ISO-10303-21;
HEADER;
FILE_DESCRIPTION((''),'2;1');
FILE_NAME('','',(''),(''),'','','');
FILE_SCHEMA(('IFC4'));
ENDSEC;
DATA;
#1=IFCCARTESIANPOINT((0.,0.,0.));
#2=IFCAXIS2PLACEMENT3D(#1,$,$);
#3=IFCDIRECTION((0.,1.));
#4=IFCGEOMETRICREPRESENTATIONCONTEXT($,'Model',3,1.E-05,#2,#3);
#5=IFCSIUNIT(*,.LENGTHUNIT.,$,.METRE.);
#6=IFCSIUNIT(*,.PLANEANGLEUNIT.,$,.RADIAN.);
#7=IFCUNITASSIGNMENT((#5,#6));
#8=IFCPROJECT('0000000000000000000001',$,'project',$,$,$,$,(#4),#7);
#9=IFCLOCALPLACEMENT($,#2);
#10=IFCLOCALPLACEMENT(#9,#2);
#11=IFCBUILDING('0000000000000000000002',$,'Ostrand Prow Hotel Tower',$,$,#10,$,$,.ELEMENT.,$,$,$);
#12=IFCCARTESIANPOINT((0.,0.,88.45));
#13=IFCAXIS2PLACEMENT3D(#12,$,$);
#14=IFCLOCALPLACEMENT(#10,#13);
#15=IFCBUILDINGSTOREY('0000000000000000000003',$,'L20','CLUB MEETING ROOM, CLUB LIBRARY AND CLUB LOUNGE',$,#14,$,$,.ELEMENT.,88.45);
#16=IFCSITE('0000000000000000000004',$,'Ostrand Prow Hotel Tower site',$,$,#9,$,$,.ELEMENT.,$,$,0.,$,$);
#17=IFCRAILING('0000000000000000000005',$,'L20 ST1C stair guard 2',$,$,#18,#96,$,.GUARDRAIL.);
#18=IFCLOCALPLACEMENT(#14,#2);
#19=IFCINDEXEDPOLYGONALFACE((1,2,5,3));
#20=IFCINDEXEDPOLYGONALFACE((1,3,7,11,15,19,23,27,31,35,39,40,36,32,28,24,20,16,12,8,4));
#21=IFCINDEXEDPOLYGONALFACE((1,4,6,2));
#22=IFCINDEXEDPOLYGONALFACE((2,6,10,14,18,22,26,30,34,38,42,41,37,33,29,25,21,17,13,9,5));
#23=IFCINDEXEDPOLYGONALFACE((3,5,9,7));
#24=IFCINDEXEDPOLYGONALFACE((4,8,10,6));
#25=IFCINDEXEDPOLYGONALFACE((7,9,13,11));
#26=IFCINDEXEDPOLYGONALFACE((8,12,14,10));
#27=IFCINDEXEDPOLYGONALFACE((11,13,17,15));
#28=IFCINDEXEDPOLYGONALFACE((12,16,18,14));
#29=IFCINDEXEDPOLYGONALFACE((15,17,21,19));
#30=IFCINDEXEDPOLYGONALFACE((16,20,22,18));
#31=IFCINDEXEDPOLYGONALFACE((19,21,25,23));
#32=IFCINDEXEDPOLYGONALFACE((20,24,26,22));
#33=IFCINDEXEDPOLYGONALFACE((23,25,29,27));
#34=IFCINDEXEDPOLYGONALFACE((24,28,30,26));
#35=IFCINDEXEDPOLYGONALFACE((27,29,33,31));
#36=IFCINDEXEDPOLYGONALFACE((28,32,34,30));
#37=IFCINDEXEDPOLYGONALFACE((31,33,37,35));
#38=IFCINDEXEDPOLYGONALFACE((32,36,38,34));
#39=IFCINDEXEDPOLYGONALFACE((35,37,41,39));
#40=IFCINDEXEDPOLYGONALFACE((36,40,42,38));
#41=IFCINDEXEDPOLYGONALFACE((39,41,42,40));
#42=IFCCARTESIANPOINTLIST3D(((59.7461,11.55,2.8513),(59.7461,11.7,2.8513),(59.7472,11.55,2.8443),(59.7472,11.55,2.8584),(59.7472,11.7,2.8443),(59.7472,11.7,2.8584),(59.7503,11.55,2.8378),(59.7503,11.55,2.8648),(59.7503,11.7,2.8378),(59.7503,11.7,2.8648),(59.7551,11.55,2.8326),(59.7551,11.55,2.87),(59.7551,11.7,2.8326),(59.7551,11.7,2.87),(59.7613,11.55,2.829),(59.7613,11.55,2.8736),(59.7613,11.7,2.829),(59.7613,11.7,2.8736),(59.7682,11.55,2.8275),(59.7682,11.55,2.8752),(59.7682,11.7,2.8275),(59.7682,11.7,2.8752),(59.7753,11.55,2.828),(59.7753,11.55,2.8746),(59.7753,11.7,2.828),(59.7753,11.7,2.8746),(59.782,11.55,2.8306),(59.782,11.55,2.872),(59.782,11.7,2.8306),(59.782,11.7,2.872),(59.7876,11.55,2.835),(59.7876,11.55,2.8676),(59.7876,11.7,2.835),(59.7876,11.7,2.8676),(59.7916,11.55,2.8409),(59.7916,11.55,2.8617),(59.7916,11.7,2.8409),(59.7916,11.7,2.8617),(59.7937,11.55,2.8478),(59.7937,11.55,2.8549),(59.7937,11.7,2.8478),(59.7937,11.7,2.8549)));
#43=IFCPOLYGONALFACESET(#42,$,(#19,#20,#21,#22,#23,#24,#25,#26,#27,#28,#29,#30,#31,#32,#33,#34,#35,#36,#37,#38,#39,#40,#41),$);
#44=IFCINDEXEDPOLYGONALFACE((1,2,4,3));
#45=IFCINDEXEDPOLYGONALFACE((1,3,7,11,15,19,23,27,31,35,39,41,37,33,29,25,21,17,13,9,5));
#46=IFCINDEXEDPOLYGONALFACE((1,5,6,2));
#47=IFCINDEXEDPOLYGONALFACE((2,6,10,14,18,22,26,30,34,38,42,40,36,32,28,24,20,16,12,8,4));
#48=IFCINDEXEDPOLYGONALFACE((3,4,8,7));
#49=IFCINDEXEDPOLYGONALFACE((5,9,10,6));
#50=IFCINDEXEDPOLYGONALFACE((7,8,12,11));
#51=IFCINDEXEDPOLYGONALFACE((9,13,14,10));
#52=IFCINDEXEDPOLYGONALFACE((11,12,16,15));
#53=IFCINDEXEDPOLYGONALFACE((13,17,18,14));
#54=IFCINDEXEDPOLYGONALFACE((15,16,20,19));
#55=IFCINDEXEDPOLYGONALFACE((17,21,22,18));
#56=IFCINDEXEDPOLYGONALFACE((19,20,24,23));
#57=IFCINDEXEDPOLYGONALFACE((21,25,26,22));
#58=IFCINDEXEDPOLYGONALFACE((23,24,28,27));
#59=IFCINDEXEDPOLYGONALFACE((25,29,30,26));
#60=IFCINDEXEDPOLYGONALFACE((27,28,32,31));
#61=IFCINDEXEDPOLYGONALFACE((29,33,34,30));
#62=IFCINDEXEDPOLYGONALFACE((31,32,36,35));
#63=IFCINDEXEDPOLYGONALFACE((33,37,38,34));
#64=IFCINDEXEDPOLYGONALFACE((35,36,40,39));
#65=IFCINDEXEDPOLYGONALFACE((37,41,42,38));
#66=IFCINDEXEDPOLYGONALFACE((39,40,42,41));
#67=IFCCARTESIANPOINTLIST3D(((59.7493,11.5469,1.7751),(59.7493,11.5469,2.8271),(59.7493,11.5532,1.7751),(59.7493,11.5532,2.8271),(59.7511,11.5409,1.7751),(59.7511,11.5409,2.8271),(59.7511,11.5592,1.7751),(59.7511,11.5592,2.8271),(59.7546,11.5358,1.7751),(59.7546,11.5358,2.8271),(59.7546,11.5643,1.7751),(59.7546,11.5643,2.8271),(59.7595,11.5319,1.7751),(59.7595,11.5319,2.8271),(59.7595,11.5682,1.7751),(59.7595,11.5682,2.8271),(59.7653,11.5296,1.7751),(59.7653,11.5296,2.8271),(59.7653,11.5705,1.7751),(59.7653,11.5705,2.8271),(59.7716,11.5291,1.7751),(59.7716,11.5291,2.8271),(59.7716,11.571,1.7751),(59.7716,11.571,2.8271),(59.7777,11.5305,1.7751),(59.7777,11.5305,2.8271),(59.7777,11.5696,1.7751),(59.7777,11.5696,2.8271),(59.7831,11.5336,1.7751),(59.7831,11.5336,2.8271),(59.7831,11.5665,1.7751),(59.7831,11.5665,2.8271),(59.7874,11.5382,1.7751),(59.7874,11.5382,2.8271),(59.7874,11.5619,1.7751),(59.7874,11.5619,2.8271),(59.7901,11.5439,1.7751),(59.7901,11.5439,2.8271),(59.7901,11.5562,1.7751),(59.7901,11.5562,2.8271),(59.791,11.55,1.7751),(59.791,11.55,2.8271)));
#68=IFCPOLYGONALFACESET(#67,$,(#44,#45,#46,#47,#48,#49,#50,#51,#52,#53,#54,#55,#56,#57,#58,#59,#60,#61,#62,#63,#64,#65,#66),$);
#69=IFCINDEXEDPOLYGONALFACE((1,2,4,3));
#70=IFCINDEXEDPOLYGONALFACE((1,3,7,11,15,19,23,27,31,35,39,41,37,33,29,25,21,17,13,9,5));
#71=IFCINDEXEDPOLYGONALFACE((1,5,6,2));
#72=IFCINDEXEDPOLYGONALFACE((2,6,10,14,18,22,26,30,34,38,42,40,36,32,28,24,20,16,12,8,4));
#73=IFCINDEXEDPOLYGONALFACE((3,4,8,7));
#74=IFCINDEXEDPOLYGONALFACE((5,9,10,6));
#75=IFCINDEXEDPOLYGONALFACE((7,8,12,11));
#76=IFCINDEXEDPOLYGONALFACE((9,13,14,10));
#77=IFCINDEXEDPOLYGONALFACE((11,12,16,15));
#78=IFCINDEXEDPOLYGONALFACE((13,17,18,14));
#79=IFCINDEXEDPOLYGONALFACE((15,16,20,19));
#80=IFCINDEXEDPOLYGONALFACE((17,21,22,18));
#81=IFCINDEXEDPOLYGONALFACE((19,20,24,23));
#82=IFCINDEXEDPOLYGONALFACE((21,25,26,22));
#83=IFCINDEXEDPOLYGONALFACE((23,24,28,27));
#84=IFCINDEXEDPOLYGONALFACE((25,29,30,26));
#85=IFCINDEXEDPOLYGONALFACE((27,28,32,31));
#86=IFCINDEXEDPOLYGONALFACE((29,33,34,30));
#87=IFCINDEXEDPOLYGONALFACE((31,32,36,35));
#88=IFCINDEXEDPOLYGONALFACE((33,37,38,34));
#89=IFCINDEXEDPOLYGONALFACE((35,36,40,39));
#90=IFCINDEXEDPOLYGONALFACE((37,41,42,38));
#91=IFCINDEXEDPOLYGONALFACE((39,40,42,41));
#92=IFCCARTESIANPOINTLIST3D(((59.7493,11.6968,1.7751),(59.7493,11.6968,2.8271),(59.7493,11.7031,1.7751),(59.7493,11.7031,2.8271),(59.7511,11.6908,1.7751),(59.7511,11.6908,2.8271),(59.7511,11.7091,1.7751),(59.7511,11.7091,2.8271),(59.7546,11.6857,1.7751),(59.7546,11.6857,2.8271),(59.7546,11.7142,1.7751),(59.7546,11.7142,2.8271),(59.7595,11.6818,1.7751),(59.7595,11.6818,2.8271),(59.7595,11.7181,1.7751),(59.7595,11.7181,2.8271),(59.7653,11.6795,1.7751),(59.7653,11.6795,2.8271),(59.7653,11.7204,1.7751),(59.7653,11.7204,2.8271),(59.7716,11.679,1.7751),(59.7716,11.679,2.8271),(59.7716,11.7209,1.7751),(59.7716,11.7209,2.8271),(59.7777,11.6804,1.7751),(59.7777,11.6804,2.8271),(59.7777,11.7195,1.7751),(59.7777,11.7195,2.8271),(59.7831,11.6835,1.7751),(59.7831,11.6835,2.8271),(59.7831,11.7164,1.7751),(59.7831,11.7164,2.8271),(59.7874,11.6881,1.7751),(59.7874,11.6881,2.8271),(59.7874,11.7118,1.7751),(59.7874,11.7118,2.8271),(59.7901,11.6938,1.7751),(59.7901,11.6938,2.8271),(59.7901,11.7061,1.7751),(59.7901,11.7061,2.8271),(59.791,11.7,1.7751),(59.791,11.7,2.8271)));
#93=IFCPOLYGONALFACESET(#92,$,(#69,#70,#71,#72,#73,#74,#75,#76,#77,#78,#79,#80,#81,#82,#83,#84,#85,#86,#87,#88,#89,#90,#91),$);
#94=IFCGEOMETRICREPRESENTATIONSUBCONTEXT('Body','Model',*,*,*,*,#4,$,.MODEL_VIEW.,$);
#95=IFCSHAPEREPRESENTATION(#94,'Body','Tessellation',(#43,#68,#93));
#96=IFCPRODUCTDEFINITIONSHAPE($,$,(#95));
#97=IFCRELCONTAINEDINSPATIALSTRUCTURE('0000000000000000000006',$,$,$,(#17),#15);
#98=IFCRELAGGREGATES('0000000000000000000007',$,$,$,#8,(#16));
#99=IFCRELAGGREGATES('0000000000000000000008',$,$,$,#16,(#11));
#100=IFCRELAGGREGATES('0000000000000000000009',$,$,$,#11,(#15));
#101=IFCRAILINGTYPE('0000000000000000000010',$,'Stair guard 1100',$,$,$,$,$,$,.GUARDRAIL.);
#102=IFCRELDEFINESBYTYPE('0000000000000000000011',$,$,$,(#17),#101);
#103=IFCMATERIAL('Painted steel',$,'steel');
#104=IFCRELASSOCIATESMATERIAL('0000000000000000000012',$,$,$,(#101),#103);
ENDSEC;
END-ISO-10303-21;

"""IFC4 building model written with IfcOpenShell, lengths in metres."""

from ifc_helpers import new_model, si_unit, direction, frame, origin, origin_2d, place, context, subcontext, project, spatial, circle, extrude, material, type_object, element, save


model = new_model("IFC4")

# Units and contexts
model_context = context("Model", 3, precision=1e-05, world=origin(), true_north=direction((0.0, 1.0)))
body_context = subcontext(model_context, "Body", "Model", "MODEL_VIEW")
ifc_project = project(units=[si_unit("LENGTHUNIT", "METRE"), si_unit("PLANEANGLEUNIT", "RADIAN")], contexts=[model_context])

# Site, building, storey
site_placement = place(None, origin())
site = spatial("IfcSite", under=ifc_project, at=site_placement, Name="Ostrand Prow Hotel Tower site", CompositionType="ELEMENT", RefElevation=0.0)
building_placement = place(site_placement, origin())
building = spatial("IfcBuilding", under=site, at=building_placement, Name="Ostrand Prow Hotel Tower", CompositionType="ELEMENT")
storey_placement = place(building_placement, frame((0.0, 0.0, 88.45)))
storey = spatial("IfcBuildingStorey", under=building, at=storey_placement, Name="L20", Description="CLUB MEETING ROOM, CLUB LIBRARY AND CLUB LOUNGE", CompositionType="ELEMENT", Elevation=88.45)

# Railing
ifc_material_1 = material(Name="Painted steel", Category="steel")
railing_type_1 = type_object("IfcRailingType", Name="Stair guard 1100", PredefinedType="GUARDRAIL", material=ifc_material_1)
railing_1_placement = place(storey_placement, frame((59.77, 11.55, 1.7751)))
element("IfcRailing", 1, at=railing_1_placement, inside=storey, type_object=railing_type_1, Name="L20 ST1C stair guard 2", PredefinedType="GUARDRAIL", context=body_context, shape_type="SweptSolid", body=[
    extrude(circle(Radius=0.0239, at=origin_2d()), frame((0.0, 0.0, 1.0762), z_axis=(0.0, 1.0, 0.0), x_axis=(-1.0, 0.0, 0.0)), (0.0, 0.0, 1.0), 0.1499),
    extrude(circle(Radius=0.021, at=origin_2d()), origin(), (0.0, 0.0, 1.0), 1.052),
    extrude(circle(Radius=0.021, at=origin_2d()), frame((0.0, 0.1499, 0.0)), (0.0, 0.0, 1.0), 1.052),
])

save(model, "model.ifc")
